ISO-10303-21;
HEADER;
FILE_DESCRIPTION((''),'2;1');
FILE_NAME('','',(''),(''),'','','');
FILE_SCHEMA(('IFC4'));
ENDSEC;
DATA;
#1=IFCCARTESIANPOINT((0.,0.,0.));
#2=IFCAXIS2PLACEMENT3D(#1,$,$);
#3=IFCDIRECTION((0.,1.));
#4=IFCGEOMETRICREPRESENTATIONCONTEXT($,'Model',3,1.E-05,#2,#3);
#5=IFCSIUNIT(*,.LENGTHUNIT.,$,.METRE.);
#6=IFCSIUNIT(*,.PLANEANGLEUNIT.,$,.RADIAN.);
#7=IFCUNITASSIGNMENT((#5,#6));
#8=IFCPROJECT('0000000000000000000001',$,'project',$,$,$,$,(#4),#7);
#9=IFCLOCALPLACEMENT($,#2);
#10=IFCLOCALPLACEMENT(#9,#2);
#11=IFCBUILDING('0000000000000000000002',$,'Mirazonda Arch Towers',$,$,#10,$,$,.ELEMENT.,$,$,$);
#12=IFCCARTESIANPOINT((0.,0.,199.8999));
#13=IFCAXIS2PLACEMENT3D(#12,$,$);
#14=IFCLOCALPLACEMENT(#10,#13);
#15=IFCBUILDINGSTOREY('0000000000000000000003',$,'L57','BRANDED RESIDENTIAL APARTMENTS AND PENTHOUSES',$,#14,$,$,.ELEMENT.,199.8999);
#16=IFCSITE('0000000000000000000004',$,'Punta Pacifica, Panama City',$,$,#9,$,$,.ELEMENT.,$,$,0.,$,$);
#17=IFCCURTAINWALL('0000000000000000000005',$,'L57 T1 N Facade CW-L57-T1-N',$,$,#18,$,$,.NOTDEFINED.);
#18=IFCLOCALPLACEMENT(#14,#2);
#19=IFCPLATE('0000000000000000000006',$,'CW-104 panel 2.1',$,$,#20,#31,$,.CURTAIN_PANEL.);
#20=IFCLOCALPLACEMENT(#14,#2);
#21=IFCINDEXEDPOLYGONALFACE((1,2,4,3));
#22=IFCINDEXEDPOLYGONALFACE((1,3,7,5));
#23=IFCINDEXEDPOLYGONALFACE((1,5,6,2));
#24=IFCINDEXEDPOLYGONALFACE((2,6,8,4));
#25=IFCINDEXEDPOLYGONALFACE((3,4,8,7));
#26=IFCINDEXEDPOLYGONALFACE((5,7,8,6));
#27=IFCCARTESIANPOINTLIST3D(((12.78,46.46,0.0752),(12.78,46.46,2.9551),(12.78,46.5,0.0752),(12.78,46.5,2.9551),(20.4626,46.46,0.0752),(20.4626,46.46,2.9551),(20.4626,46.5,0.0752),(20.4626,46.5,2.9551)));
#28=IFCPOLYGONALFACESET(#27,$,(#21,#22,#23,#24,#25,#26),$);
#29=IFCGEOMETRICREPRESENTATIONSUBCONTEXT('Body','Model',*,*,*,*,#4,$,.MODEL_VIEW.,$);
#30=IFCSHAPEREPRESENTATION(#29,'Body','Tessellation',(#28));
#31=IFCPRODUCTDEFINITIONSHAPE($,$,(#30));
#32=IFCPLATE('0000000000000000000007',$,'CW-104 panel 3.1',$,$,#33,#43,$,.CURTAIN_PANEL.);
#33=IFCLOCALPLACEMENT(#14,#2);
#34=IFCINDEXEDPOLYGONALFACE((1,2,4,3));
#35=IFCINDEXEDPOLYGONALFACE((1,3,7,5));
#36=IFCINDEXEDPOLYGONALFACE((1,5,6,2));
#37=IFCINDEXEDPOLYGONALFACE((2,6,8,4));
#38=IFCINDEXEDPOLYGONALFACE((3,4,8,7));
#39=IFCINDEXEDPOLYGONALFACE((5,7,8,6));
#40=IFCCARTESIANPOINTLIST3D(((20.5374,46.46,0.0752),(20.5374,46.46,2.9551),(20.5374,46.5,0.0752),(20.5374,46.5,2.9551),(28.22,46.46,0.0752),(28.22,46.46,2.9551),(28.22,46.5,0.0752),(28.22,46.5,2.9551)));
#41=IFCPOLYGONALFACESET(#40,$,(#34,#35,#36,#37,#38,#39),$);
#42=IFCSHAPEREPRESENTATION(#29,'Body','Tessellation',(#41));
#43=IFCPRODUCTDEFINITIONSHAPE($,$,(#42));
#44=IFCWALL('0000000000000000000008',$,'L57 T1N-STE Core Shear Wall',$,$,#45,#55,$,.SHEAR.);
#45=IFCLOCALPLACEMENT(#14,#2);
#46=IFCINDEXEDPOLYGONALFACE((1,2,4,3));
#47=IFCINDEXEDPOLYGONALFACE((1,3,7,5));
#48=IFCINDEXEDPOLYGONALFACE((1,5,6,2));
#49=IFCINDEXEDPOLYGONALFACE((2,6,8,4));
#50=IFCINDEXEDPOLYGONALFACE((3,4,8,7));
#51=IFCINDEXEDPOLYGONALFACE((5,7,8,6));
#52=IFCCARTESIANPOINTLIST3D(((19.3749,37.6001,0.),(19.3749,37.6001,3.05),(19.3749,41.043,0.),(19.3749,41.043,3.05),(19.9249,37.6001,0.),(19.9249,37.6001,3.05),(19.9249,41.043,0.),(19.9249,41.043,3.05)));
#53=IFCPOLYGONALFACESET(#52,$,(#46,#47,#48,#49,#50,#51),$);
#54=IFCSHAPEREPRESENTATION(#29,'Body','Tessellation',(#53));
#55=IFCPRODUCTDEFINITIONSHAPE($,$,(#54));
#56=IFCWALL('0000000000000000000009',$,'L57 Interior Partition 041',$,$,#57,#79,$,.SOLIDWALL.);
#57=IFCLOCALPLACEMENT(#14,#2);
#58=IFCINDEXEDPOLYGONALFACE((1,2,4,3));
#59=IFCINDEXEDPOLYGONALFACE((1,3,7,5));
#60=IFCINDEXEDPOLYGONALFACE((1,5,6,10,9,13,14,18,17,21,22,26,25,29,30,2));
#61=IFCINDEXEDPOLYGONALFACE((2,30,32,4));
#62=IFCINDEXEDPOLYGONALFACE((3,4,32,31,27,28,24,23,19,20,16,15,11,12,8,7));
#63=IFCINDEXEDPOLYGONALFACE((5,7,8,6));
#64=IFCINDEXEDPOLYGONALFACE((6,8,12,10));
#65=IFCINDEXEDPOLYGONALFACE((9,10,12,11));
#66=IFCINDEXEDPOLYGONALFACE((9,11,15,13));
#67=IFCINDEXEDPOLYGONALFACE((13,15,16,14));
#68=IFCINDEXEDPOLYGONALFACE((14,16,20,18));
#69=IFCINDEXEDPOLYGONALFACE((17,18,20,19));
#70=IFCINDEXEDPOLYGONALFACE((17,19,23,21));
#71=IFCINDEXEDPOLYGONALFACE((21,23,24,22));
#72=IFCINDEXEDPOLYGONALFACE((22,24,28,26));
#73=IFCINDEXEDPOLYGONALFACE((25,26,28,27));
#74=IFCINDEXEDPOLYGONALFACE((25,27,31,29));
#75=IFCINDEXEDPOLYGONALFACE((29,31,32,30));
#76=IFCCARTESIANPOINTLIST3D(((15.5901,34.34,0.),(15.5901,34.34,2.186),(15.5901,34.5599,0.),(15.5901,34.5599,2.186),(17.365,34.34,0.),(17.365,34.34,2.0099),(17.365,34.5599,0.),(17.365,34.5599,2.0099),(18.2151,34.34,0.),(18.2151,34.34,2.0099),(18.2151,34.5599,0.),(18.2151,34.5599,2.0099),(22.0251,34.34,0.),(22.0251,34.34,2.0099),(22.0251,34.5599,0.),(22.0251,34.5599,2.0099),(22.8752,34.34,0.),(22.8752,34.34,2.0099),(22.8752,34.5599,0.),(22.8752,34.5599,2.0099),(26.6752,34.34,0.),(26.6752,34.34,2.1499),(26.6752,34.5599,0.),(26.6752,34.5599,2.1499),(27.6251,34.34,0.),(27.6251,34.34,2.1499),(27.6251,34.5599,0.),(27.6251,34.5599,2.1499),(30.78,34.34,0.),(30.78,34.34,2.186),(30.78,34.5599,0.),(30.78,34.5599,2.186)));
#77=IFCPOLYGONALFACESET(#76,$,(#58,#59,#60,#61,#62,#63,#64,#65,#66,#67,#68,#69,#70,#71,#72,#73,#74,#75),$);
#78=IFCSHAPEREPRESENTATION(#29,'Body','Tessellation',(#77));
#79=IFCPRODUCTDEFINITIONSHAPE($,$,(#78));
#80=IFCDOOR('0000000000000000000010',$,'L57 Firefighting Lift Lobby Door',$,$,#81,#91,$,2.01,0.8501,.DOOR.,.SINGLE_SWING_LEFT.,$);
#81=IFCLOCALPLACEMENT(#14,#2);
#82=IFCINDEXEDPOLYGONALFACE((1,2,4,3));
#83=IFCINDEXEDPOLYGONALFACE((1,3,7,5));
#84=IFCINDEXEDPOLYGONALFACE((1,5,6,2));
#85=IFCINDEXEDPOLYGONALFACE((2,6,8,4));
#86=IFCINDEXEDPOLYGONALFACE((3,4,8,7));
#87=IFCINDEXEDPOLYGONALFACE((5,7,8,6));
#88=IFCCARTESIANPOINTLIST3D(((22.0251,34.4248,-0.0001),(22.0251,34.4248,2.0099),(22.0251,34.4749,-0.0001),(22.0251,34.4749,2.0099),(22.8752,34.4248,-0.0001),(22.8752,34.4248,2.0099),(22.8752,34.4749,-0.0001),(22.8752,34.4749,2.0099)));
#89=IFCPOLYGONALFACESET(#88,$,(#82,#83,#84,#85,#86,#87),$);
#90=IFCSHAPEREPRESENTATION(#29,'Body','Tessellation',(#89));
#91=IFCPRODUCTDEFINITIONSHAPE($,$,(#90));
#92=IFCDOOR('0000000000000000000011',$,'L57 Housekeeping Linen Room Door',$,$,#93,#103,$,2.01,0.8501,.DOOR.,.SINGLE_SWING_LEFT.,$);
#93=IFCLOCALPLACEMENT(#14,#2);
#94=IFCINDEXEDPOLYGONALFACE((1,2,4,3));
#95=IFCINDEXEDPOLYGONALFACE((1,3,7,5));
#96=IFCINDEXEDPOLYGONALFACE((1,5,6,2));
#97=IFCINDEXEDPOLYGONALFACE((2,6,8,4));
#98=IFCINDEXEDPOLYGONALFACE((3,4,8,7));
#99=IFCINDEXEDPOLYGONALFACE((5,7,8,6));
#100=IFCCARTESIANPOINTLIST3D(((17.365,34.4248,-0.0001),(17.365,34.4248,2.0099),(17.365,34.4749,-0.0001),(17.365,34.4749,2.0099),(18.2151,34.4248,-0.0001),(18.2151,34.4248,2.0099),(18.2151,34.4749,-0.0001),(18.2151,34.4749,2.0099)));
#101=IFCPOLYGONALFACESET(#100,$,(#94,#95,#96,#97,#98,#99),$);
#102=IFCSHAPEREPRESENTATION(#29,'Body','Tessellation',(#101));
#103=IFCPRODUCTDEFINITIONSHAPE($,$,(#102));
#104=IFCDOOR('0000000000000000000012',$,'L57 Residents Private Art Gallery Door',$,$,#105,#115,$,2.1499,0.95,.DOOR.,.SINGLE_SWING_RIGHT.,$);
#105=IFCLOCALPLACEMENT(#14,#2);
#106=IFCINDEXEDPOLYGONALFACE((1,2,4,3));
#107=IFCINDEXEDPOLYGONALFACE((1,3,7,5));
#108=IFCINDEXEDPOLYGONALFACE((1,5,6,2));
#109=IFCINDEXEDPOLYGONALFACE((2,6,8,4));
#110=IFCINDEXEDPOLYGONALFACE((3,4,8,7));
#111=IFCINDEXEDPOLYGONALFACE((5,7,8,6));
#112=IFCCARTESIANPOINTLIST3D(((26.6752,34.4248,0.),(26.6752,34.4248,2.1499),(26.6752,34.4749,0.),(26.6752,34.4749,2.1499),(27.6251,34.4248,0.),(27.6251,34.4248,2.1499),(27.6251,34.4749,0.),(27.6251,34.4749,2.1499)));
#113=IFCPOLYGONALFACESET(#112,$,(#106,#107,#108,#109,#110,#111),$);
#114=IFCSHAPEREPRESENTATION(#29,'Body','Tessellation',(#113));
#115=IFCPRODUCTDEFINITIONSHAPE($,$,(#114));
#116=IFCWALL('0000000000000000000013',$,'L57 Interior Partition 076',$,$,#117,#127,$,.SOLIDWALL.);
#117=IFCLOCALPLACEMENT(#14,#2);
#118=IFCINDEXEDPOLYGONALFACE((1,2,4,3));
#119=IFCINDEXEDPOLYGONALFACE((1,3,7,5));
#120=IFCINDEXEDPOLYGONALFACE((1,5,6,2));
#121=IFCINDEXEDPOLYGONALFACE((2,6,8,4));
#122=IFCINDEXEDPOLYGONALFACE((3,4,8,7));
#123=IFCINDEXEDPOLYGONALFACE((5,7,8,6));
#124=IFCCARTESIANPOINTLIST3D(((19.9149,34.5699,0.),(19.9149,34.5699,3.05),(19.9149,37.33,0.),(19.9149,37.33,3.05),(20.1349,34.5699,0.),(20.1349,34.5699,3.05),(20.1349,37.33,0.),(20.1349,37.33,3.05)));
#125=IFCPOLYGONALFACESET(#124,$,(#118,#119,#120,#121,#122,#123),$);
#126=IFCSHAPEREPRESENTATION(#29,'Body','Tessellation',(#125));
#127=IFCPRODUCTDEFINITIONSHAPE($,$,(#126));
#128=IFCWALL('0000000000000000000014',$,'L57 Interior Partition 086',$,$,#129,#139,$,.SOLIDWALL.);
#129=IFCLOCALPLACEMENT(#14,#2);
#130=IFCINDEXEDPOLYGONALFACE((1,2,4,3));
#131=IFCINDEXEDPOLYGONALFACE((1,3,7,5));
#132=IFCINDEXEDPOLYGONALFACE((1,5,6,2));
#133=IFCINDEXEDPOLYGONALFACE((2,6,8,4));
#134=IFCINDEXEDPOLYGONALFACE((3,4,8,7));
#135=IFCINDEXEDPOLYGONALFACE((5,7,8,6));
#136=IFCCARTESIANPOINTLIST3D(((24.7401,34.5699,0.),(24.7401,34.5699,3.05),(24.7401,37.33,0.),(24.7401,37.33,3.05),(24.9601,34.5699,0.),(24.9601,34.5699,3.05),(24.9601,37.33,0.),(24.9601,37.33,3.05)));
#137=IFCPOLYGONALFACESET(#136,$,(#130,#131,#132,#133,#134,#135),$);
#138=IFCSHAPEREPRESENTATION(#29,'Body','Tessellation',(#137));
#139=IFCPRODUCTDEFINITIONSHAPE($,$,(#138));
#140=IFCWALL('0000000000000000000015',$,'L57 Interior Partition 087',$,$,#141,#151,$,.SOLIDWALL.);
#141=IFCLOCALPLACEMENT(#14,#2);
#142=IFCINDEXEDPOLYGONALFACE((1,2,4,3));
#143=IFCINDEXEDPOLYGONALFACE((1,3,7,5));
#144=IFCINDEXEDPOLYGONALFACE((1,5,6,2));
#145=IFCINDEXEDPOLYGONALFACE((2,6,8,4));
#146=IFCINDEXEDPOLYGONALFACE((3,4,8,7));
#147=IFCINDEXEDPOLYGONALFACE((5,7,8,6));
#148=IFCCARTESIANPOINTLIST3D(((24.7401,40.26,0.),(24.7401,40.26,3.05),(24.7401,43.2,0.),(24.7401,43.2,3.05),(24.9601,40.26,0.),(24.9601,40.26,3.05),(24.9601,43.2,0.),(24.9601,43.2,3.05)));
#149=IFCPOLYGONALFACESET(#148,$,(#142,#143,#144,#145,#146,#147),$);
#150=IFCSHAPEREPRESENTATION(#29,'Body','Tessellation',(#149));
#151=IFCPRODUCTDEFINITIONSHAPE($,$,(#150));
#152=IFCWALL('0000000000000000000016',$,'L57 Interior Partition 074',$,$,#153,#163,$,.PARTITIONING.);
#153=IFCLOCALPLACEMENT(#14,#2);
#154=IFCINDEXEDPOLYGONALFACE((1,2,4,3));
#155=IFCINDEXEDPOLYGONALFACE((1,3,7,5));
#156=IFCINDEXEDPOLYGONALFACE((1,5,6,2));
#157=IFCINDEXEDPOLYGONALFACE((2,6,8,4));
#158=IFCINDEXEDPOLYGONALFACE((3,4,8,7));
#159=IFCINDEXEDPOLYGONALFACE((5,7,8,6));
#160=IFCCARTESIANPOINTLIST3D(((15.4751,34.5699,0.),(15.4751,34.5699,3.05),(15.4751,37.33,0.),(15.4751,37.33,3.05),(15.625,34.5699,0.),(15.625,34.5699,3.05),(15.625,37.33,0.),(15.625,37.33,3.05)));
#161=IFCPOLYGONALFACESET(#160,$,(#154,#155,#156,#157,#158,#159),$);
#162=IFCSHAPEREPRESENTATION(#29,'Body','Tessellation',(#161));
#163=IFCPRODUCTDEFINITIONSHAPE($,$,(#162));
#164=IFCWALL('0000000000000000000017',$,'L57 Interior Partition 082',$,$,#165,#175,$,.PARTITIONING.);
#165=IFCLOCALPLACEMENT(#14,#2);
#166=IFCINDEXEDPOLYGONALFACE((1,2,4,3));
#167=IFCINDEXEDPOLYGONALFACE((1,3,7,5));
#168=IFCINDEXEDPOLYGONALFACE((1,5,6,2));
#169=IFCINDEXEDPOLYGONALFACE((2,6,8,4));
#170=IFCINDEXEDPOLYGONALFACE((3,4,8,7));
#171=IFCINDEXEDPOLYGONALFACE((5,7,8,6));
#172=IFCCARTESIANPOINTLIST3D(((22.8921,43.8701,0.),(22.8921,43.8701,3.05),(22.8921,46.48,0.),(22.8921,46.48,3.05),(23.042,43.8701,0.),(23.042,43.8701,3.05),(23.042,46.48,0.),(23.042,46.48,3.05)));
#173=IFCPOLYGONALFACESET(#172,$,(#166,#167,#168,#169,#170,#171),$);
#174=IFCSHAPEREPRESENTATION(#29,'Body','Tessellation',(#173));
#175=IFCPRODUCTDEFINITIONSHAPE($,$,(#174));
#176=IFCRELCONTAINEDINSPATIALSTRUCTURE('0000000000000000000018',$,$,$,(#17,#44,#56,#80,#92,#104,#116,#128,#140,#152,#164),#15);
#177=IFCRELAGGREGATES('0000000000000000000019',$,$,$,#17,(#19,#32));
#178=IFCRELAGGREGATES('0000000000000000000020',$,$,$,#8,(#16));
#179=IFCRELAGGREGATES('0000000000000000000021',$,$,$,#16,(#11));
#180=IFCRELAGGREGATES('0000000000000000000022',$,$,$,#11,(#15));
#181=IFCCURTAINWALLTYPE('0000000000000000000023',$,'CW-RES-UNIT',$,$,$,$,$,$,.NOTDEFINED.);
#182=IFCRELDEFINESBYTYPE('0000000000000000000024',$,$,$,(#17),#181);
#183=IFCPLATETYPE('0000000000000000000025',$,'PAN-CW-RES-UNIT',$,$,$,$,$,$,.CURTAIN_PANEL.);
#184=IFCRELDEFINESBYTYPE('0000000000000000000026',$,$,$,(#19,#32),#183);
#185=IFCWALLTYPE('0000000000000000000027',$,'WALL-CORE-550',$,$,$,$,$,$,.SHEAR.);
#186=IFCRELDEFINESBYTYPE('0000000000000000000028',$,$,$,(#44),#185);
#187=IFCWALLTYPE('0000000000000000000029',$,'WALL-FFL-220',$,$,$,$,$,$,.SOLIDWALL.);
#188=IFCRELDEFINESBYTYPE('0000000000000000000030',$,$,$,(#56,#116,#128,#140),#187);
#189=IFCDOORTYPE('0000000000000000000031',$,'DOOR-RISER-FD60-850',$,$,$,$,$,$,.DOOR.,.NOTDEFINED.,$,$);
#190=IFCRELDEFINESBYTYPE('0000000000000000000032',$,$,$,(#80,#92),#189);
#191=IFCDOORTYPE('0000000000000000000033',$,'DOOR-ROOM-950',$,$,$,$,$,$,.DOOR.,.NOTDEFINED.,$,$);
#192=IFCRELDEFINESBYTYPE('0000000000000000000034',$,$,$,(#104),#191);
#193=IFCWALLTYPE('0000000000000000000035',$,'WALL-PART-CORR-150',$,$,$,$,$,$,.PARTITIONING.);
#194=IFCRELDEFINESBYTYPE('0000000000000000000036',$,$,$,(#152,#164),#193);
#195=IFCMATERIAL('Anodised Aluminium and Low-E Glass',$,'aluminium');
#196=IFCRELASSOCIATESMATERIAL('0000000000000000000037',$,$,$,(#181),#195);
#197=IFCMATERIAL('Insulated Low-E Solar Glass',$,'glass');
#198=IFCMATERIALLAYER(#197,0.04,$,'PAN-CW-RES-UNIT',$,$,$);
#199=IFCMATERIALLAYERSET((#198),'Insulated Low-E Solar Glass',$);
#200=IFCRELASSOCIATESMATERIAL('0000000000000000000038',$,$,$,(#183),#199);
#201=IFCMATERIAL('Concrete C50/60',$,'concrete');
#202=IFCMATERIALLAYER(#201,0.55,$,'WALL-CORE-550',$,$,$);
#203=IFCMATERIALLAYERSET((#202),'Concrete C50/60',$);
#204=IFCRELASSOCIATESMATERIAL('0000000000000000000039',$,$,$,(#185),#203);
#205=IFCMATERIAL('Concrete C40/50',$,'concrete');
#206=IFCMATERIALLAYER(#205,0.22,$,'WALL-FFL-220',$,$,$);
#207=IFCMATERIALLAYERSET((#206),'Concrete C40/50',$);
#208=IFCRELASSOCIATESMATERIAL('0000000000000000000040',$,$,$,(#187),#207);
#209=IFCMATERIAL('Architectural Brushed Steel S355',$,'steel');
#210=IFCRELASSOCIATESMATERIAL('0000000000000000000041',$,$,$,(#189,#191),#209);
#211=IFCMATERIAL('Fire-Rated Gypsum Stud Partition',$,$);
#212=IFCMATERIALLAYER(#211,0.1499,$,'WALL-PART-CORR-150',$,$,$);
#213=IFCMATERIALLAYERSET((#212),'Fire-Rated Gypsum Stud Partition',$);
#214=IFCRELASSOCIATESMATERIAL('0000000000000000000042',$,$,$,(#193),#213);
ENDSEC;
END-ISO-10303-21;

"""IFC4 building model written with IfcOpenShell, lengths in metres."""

from ifc_helpers import new_model, si_unit, direction, frame, frame_2d, origin, origin_2d, place, context, subcontext, project, spatial, rectangle, extrude, material, layer, layer_set, type_object, element, fill, aggregate, save


model = new_model("IFC4")

# Units and contexts
model_context = context("Model", 3, precision=1e-05, world=origin(), true_north=direction((0.0, 1.0)))
body_context = subcontext(model_context, "Body", "Model", "MODEL_VIEW")
ifc_project = project(units=[si_unit("LENGTHUNIT", "METRE"), si_unit("PLANEANGLEUNIT", "RADIAN")], contexts=[model_context])

# Site, building, storey
site_placement = place(None, origin())
site = spatial("IfcSite", under=ifc_project, at=site_placement, Name="Punta Pacifica, Panama City", CompositionType="ELEMENT", RefElevation=0.0)
building_placement = place(site_placement, origin())
building = spatial("IfcBuilding", under=site, at=building_placement, Name="Mirazonda Arch Towers", CompositionType="ELEMENT")
storey_placement = place(building_placement, frame((0.0, 0.0, 199.8999)))
storey = spatial("IfcBuildingStorey", under=building, at=storey_placement, Name="L57", Description="BRANDED RESIDENTIAL APARTMENTS AND PENTHOUSES", CompositionType="ELEMENT", Elevation=199.8999)

# Shared definitions
ifc_material_1 = material(Name="Concrete C50/60", Category="concrete")

# Curtain wall, plates
ifc_material_2 = material(Name="Anodised Aluminium and Low-E Glass", Category="aluminium")
curtain_wall_type = type_object("IfcCurtainWallType", Name="CW-RES-UNIT", PredefinedType="NOTDEFINED", material=ifc_material_2)
curtain_wall_placement = place(storey_placement, origin())
curtain_wall = element("IfcCurtainWall", 1, at=curtain_wall_placement, inside=storey, type_object=curtain_wall_type, Name="L57 T1 N Facade CW-L57-T1-N", PredefinedType="NOTDEFINED")
ifc_material_3 = material(Name="Insulated Low-E Solar Glass", Category="glass")
ifc_layer_1 = layer(ifc_material_3, 0.04, Name="PAN-CW-RES-UNIT")
ifc_layer_set_1 = layer_set([ifc_layer_1], Name="Insulated Low-E Solar Glass")
plate_type = type_object("IfcPlateType", Name="PAN-CW-RES-UNIT", PredefinedType="CURTAIN_PANEL", material=ifc_layer_set_1)
plate_1_placement = place(storey_placement, frame((16.6213, 46.48, 0.0752), z_axis=(0.0, 0.0, 1.0), x_axis=(1.0, 0.0, 0.0)))
plate_1 = element("IfcPlate", 2, at=plate_1_placement, type_object=plate_type, Name="CW-104 panel 2.1", PredefinedType="CURTAIN_PANEL", context=body_context, shape_type="SweptSolid", body=[
    extrude(rectangle(XDim=7.6826, YDim=0.04, at=origin_2d()), origin(), (0.0, 0.0, 1.0), 2.8799),
])
plate_2_placement = place(storey_placement, frame((24.3787, 46.48, 0.0752), z_axis=(0.0, 0.0, 1.0), x_axis=(1.0, 0.0, 0.0)))
plate_2 = element("IfcPlate", 3, at=plate_2_placement, type_object=plate_type, Name="CW-104 panel 3.1", PredefinedType="CURTAIN_PANEL", context=body_context, shape_type="SweptSolid", body=[
    extrude(rectangle(XDim=7.6826, YDim=0.04, at=origin_2d()), origin(), (0.0, 0.0, 1.0), 2.8799),
])
aggregate(curtain_wall, [plate_1, plate_2])

# Wall
ifc_layer_2 = layer(ifc_material_1, 0.55, Name="WALL-CORE-550")
ifc_layer_set_2 = layer_set([ifc_layer_2], Name="Concrete C50/60")
wall_type_1 = type_object("IfcWallType", Name="WALL-CORE-550", PredefinedType="SHEAR", material=ifc_layer_set_2)
wall_1_placement = place(storey_placement, frame((19.6499, 37.6001, 0.0), z_axis=(0.0, 0.0, 1.0), x_axis=(0.0, 1.0, 0.0)))
element("IfcWall", 4, at=wall_1_placement, inside=storey, type_object=wall_type_1, Name="L57 T1N-STE Core Shear Wall", PredefinedType="SHEAR", context=body_context, shape_type="SweptSolid", body=[
    extrude(rectangle(XDim=3.4429, YDim=0.55, at=frame_2d((1.7214, 0.0))), origin(), (0.0, 0.0, 1.0), 3.05),
])

# Wall, openings, doors
ifc_material_4 = material(Name="Concrete C40/50", Category="concrete")
ifc_layer_3 = layer(ifc_material_4, 0.22, Name="WALL-FFL-220")
ifc_layer_set_3 = layer_set([ifc_layer_3], Name="Concrete C40/50")
wall_type_2 = type_object("IfcWallType", Name="WALL-FFL-220", PredefinedType="SOLIDWALL", material=ifc_layer_set_3)
wall_2_placement = place(storey_placement, frame((15.5901, 34.45, 0.0), z_axis=(0.0, 0.0, 1.0), x_axis=(1.0, 0.0, 0.0)))
wall_2 = element("IfcWall", 5, at=wall_2_placement, inside=storey, type_object=wall_type_2, Name="L57 Interior Partition 041", PredefinedType="SOLIDWALL", context=body_context, shape_type="SweptSolid", body=[
    extrude(rectangle(XDim=15.1899, YDim=0.22, at=frame_2d((7.595, 0.0))), origin(), (0.0, 0.0, 1.0), 2.186),
])
opening_1_placement = place(wall_2_placement, frame((6.4351, 0.0, 0.0)))
opening_1 = element("IfcOpeningElement", 6, at=opening_1_placement, cuts=wall_2, PredefinedType="OPENING", context=body_context, shape_type="SweptSolid", body=[
    extrude(rectangle(XDim=0.8501, YDim=2.01, at=frame_2d((0.425, 1.0049))), frame((0.0, 0.1199, 0.0), z_axis=(0.0, -1.0, 0.0), x_axis=(1.0, 0.0, 0.0)), (0.0, 0.0, 1.0), 0.24),
])
opening_2_placement = place(wall_2_placement, frame((11.085, 0.0, 0.0)))
opening_2 = element("IfcOpeningElement", 7, at=opening_2_placement, cuts=wall_2, PredefinedType="OPENING", context=body_context, shape_type="SweptSolid", body=[
    extrude(rectangle(XDim=0.95, YDim=2.1499, at=frame_2d((0.4751, 1.075))), frame((0.0, 0.1199, 0.0), z_axis=(0.0, -1.0, 0.0), x_axis=(1.0, 0.0, 0.0)), (0.0, 0.0, 1.0), 0.24),
])
opening_3_placement = place(wall_2_placement, frame((1.7749, 0.0, 0.0)))
opening_3 = element("IfcOpeningElement", 8, at=opening_3_placement, cuts=wall_2, PredefinedType="OPENING", context=body_context, shape_type="SweptSolid", body=[
    extrude(rectangle(XDim=0.8501, YDim=2.01, at=frame_2d((0.425, 1.0049))), frame((0.0, 0.1199, 0.0), z_axis=(0.0, -1.0, 0.0), x_axis=(1.0, 0.0, 0.0)), (0.0, 0.0, 1.0), 0.24),
])
ifc_material_5 = material(Name="Architectural Brushed Steel S355", Category="steel")
door_type_1 = type_object("IfcDoorType", Name="DOOR-RISER-FD60-850", OperationType="NOTDEFINED", PredefinedType="DOOR", material=ifc_material_5)
door_1_placement = place(opening_1_placement, origin())
door_1 = element("IfcDoor", 9, at=door_1_placement, inside=storey, type_object=door_type_1, Name="L57 Firefighting Lift Lobby Door", OperationType="SINGLE_SWING_LEFT", OverallHeight=2.01, OverallWidth=0.8501, PredefinedType="DOOR", context=body_context, shape_type="SweptSolid", body=[
    extrude(rectangle(XDim=0.8501, YDim=2.01, at=frame_2d((0.425, 1.0049))), frame((0.0, 0.0249, 0.0), z_axis=(0.0, -1.0, 0.0), x_axis=(1.0, 0.0, 0.0)), (0.0, 0.0, 1.0), 0.05),
])
fill(opening_1, door_1)
door_2_placement = place(opening_3_placement, origin())
door_2 = element("IfcDoor", 10, at=door_2_placement, inside=storey, type_object=door_type_1, Name="L57 Housekeeping Linen Room Door", OperationType="SINGLE_SWING_LEFT", OverallHeight=2.01, OverallWidth=0.8501, PredefinedType="DOOR", context=body_context, shape_type="SweptSolid", body=[
    extrude(rectangle(XDim=0.8501, YDim=2.01, at=frame_2d((0.425, 1.0049))), frame((0.0, 0.0249, 0.0), z_axis=(0.0, -1.0, 0.0), x_axis=(1.0, 0.0, 0.0)), (0.0, 0.0, 1.0), 0.05),
])
fill(opening_3, door_2)
door_type_2 = type_object("IfcDoorType", Name="DOOR-ROOM-950", OperationType="NOTDEFINED", PredefinedType="DOOR", material=ifc_material_5)
door_3_placement = place(opening_2_placement, origin())
door_3 = element("IfcDoor", 11, at=door_3_placement, inside=storey, type_object=door_type_2, Name="L57 Residents Private Art Gallery Door", OperationType="SINGLE_SWING_RIGHT", OverallHeight=2.1499, OverallWidth=0.95, PredefinedType="DOOR", context=body_context, shape_type="SweptSolid", body=[
    extrude(rectangle(XDim=0.95, YDim=2.1499, at=frame_2d((0.4751, 1.075))), frame((0.0, 0.0249, 0.0), z_axis=(0.0, -1.0, 0.0), x_axis=(1.0, 0.0, 0.0)), (0.0, 0.0, 1.0), 0.05),
])
fill(opening_2, door_3)

# Walls
for number, where, z_axis, x_axis, name in (
    (12, (20.0249, 34.5701, 0.0), (0.0, 0.0, 1.0), (0.0, 1.0, 0.0), "L57 Interior Partition 076"),
    (13, (24.8501, 34.5701, 0.0), (0.0, 0.0, 1.0), (0.0, 1.0, 0.0), "L57 Interior Partition 086"),
):
    element("IfcWall", number, at=place(storey_placement, frame(where, z_axis=z_axis, x_axis=x_axis)), inside=storey, type_object=wall_type_2, Name=name, PredefinedType="SOLIDWALL", context=body_context, shape_type="SweptSolid", body=[
        extrude(rectangle(XDim=2.76, YDim=0.22, at=frame_2d((1.3799, 0.0))), origin(), (0.0, 0.0, 1.0), 3.05),
    ])
wall_3_placement = place(storey_placement, frame((24.8501, 40.26, 0.0), z_axis=(0.0, 0.0, 1.0), x_axis=(0.0, 1.0, 0.0)))
element("IfcWall", 14, at=wall_3_placement, inside=storey, type_object=wall_type_2, Name="L57 Interior Partition 087", PredefinedType="SOLIDWALL", context=body_context, shape_type="SweptSolid", body=[
    extrude(rectangle(XDim=2.9399, YDim=0.22, at=frame_2d((1.47, 0.0))), origin(), (0.0, 0.0, 1.0), 3.05),
])
ifc_material_6 = material(Name="Fire-Rated Gypsum Stud Partition")
ifc_layer_4 = layer(ifc_material_6, 0.1499, Name="WALL-PART-CORR-150")
ifc_layer_set_4 = layer_set([ifc_layer_4], Name="Fire-Rated Gypsum Stud Partition")
wall_type_3 = type_object("IfcWallType", Name="WALL-PART-CORR-150", PredefinedType="PARTITIONING", material=ifc_layer_set_4)
wall_4_placement = place(storey_placement, frame((15.55, 34.5701, 0.0), z_axis=(0.0, 0.0, 1.0), x_axis=(0.0, 1.0, 0.0)))
element("IfcWall", 15, at=wall_4_placement, inside=storey, type_object=wall_type_3, Name="L57 Interior Partition 074", PredefinedType="PARTITIONING", context=body_context, shape_type="SweptSolid", body=[
    extrude(rectangle(XDim=2.76, YDim=0.1499, at=frame_2d((1.3799, 0.0))), origin(), (0.0, 0.0, 1.0), 3.05),
])
wall_5_placement = place(storey_placement, frame((22.967, 43.8701, 0.0), z_axis=(0.0, 0.0, 1.0), x_axis=(0.0, 1.0, 0.0)))
element("IfcWall", 16, at=wall_5_placement, inside=storey, type_object=wall_type_3, Name="L57 Interior Partition 082", PredefinedType="PARTITIONING", context=body_context, shape_type="SweptSolid", body=[
    extrude(rectangle(XDim=2.6099, YDim=0.1499, at=frame_2d((1.3049, 0.0))), origin(), (0.0, 0.0, 1.0), 3.05),
])

save(model, "model.ifc")
